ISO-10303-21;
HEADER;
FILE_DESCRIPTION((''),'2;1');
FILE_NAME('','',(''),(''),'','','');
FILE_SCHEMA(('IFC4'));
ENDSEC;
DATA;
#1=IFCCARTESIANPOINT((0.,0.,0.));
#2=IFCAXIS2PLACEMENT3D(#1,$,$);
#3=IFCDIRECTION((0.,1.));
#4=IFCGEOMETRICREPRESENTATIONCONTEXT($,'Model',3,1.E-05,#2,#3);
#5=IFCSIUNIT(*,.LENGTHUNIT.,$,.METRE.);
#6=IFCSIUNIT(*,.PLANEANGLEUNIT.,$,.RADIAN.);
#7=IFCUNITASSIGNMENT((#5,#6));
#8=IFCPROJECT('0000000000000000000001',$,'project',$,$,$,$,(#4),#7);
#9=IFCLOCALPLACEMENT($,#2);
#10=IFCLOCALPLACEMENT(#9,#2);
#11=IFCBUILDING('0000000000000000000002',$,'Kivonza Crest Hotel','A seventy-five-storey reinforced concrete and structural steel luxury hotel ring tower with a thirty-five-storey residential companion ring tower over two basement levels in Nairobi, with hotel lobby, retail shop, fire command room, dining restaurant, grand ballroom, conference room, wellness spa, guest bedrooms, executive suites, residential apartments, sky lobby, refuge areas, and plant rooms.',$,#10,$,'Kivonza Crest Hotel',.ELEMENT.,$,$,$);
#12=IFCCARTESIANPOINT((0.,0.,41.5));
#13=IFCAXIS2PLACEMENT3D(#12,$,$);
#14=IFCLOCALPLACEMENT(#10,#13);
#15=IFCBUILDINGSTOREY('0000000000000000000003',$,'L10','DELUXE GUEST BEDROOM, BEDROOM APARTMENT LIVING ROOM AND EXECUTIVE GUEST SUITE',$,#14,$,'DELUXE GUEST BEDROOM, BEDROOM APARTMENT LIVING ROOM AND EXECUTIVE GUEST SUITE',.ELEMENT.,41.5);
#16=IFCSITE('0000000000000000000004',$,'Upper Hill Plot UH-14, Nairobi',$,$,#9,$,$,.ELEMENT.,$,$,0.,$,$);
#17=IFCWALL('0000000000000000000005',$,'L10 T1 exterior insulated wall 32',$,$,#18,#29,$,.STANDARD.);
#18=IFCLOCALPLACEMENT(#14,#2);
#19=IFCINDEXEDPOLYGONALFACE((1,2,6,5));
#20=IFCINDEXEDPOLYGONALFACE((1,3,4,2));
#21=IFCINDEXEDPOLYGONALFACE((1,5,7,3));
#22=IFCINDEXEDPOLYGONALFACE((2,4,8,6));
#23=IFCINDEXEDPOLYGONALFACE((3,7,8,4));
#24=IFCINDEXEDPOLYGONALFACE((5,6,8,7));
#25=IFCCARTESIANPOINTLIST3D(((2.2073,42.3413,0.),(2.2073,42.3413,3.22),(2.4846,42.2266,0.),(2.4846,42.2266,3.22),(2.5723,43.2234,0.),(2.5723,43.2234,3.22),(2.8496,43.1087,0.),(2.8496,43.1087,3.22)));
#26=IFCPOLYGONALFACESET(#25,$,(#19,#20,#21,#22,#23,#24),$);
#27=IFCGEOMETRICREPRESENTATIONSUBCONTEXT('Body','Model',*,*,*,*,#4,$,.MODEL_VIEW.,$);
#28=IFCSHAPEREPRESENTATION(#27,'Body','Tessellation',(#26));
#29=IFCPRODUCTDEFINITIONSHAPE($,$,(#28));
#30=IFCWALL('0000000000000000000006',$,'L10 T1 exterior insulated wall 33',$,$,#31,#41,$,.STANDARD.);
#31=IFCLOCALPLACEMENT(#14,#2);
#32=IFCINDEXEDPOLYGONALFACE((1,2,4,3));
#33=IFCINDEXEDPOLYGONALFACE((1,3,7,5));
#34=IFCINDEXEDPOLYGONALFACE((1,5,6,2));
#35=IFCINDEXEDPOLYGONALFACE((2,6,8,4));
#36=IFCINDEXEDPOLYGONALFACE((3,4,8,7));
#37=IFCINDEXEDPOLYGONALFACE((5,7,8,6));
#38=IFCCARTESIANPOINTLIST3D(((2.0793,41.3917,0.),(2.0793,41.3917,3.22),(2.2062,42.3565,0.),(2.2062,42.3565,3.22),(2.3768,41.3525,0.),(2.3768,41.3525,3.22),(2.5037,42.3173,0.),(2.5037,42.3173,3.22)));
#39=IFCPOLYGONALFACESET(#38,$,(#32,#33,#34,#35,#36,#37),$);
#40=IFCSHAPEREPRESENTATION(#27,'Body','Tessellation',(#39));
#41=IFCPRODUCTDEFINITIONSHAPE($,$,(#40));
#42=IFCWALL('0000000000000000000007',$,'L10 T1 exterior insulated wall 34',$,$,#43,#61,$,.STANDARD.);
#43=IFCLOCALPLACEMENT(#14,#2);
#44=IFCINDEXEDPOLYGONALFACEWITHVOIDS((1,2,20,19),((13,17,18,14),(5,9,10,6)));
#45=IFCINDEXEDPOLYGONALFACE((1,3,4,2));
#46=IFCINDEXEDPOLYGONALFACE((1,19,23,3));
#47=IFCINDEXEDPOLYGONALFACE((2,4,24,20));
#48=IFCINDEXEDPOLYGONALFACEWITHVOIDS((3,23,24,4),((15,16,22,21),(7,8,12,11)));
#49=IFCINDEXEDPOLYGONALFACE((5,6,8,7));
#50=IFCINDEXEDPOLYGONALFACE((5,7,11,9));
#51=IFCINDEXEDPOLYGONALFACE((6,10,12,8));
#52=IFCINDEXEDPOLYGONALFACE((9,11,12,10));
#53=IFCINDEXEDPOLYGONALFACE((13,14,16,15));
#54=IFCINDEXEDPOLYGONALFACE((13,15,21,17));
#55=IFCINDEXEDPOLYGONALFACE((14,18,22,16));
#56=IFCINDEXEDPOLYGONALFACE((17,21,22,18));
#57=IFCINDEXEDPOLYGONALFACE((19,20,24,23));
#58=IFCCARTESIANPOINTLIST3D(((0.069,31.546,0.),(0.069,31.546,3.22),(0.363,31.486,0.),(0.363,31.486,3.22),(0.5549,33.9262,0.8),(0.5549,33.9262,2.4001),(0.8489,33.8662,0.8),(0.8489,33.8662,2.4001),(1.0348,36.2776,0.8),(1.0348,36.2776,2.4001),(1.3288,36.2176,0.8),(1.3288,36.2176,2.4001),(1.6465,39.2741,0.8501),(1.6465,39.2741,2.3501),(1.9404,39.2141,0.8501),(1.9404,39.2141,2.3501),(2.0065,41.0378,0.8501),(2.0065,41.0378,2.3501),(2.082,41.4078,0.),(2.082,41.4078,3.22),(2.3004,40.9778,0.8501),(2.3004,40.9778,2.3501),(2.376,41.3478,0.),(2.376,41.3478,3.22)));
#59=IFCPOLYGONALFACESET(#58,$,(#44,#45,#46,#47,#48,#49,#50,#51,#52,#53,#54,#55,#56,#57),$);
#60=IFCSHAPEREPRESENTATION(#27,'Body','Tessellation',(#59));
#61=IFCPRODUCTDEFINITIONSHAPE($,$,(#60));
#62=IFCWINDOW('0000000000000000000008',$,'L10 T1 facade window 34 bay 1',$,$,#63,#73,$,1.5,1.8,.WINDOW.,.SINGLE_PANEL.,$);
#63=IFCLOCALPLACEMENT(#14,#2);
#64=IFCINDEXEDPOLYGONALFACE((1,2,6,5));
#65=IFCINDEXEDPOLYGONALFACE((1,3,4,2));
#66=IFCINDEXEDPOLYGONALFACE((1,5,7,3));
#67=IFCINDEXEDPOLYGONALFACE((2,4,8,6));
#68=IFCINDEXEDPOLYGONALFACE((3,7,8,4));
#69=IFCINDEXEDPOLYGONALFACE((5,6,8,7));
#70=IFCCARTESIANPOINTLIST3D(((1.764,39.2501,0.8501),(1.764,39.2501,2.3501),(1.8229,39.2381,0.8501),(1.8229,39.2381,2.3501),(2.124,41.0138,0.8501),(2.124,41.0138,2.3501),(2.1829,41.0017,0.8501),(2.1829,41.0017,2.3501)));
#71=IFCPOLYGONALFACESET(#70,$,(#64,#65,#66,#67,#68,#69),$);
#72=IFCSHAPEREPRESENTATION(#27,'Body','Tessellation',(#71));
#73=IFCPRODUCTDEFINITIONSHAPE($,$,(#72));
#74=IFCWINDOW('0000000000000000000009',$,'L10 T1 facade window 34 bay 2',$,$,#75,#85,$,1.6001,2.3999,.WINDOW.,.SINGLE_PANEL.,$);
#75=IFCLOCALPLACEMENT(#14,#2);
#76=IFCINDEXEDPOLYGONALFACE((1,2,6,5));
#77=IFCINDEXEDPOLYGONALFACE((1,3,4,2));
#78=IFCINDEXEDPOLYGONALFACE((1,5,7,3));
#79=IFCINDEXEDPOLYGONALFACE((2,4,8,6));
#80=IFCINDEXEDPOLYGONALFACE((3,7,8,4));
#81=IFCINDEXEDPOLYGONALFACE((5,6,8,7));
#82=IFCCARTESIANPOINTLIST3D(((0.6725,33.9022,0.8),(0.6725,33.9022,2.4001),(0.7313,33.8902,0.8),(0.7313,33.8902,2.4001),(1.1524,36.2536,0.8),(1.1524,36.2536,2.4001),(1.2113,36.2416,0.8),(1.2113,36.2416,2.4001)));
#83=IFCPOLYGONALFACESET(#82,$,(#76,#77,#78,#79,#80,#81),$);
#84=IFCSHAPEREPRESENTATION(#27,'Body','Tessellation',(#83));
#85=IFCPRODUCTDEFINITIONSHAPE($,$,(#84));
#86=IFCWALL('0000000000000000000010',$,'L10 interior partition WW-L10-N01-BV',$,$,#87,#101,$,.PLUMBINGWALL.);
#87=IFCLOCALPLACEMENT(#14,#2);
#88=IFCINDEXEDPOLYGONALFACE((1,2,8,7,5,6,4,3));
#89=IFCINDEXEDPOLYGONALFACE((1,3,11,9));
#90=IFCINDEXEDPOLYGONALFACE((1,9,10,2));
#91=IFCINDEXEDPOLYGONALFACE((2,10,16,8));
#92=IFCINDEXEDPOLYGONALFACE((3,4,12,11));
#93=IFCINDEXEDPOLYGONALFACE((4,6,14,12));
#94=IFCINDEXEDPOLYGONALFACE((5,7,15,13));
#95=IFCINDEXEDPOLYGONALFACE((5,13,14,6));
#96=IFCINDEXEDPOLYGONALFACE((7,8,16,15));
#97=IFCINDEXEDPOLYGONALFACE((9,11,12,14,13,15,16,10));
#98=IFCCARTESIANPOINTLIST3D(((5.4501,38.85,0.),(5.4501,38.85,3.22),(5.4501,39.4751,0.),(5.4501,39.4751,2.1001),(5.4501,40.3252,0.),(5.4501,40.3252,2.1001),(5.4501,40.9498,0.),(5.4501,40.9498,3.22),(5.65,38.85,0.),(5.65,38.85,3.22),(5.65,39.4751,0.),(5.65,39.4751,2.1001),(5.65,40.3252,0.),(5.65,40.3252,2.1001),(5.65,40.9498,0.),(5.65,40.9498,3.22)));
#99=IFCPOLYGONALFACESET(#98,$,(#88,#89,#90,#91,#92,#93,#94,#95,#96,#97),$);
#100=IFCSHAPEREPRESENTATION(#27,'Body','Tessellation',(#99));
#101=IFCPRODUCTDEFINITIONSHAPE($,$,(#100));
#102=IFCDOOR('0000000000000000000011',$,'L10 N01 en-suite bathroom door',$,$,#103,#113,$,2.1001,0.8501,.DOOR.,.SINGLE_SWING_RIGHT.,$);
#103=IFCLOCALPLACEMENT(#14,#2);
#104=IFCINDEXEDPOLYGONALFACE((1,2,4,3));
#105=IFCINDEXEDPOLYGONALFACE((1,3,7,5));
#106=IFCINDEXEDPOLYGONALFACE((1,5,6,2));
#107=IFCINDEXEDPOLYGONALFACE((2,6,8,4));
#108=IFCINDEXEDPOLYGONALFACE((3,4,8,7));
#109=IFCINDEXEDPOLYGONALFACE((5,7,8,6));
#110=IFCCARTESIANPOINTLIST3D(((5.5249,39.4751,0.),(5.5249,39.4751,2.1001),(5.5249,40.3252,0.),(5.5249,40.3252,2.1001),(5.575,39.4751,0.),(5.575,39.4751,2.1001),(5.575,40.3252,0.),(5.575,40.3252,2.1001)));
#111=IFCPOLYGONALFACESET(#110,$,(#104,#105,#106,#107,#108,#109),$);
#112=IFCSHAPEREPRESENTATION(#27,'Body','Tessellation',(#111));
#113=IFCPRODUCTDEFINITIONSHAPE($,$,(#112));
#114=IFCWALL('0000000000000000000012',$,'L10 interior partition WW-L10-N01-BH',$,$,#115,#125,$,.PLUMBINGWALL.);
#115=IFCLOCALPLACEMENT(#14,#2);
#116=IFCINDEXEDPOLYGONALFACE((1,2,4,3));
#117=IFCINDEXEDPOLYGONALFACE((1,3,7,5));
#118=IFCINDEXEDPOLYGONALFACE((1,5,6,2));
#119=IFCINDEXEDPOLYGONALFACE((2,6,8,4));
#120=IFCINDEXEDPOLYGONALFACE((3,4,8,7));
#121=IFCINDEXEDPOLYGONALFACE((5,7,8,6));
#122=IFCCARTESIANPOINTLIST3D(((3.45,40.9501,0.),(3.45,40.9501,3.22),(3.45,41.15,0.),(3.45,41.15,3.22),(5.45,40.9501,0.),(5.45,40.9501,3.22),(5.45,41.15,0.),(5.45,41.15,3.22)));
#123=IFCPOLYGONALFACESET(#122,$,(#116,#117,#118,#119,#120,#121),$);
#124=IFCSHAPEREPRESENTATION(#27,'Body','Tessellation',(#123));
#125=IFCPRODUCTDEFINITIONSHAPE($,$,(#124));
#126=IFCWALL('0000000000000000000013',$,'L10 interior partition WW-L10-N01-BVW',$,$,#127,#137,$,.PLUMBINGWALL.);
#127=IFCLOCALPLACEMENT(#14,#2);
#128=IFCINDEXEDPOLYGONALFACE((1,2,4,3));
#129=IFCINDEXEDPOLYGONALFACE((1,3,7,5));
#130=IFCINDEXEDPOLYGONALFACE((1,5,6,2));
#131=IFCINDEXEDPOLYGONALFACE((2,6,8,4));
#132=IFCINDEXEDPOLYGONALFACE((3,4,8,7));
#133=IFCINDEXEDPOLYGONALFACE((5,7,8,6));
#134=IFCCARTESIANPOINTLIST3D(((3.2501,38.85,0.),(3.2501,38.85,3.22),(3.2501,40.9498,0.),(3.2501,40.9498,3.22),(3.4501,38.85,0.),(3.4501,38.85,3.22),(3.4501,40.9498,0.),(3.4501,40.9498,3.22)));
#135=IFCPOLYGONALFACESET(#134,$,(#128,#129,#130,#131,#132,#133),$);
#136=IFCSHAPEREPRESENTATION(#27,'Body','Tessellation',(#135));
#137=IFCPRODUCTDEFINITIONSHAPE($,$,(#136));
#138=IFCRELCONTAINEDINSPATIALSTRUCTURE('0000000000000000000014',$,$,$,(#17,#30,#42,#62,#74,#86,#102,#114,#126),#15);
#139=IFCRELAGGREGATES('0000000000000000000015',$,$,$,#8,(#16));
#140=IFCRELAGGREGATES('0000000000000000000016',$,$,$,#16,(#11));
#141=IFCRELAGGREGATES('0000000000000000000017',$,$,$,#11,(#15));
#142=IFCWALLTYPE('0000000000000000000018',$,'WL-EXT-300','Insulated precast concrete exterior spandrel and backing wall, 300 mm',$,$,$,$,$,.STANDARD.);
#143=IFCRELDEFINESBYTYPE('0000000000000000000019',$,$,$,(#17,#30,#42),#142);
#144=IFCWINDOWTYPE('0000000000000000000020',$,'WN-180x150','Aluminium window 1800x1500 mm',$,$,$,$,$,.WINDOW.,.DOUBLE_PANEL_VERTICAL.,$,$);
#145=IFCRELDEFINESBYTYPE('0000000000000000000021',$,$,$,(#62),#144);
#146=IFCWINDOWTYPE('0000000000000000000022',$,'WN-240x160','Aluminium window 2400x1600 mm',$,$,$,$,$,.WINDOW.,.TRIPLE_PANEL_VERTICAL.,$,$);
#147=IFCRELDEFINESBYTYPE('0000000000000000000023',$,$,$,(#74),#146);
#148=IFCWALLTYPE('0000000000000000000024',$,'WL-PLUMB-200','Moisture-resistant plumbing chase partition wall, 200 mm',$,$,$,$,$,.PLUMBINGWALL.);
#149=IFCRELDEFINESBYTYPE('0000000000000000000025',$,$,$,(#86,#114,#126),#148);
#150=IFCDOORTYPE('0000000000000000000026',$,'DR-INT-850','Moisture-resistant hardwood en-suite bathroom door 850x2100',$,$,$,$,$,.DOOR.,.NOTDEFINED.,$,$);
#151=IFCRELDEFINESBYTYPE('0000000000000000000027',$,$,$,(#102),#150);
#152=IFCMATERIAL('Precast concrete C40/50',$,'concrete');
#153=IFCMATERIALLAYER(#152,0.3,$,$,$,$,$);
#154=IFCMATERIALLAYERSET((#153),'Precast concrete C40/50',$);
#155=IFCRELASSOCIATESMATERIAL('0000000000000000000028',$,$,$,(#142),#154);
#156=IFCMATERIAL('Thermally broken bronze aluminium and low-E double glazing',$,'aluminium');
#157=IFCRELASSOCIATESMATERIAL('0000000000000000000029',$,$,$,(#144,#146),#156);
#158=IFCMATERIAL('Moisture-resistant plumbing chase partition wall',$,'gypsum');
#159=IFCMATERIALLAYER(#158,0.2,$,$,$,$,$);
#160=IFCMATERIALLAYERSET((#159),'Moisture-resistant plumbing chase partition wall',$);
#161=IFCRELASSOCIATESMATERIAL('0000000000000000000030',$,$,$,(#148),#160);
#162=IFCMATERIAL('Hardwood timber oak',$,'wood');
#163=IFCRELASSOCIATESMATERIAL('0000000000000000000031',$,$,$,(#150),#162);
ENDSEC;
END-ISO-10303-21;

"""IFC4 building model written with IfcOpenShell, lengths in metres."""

from ifc_helpers import new_model, si_unit, direction, frame, frame_2d, origin, place, context, subcontext, project, spatial, rectangle, extrude, material, layer, layer_set, type_object, element, fill, save


model = new_model("IFC4")

# Units and contexts
model_context = context("Model", 3, precision=1e-05, world=origin(), true_north=direction((0.0, 1.0)))
body_context = subcontext(model_context, "Body", "Model", "MODEL_VIEW")
ifc_project = project(units=[si_unit("LENGTHUNIT", "METRE"), si_unit("PLANEANGLEUNIT", "RADIAN")], contexts=[model_context])

# Site, building, storey
site_placement = place(None, origin())
site = spatial("IfcSite", under=ifc_project, at=site_placement, Name="Upper Hill Plot UH-14, Nairobi", CompositionType="ELEMENT", RefElevation=0.0)
building_placement = place(site_placement, origin())
building = spatial("IfcBuilding", under=site, at=building_placement, Name="Kivonza Crest Hotel", Description="A seventy-five-storey reinforced concrete and structural steel luxury hotel ring tower with a thirty-five-storey residential companion ring tower over two basement levels in Nairobi, with hotel lobby, retail shop, fire command room, dining restaurant, grand ballroom, conference room, wellness spa, guest bedrooms, executive suites, residential apartments, sky lobby, refuge areas, and plant rooms.", LongName="Kivonza Crest Hotel", CompositionType="ELEMENT")
storey_placement = place(building_placement, frame((0.0, 0.0, 41.5)))
storey = spatial("IfcBuildingStorey", under=building, at=storey_placement, Name="L10", Description="DELUXE GUEST BEDROOM, BEDROOM APARTMENT LIVING ROOM AND EXECUTIVE GUEST SUITE", LongName="DELUXE GUEST BEDROOM, BEDROOM APARTMENT LIVING ROOM AND EXECUTIVE GUEST SUITE", CompositionType="ELEMENT", Elevation=41.5)

# Shared definitions
ifc_material_1 = material(Name="Hardwood timber oak", Category="wood")

# Walls
ifc_material_2 = material(Name="Precast concrete C40/50", Category="concrete")
ifc_layer_1 = layer(ifc_material_2, 0.3)
ifc_layer_set_1 = layer_set([ifc_layer_1], Name="Precast concrete C40/50")
wall_type_1 = type_object("IfcWallType", Name="WL-EXT-300", Description="Insulated precast concrete exterior spandrel and backing wall, 300 mm", PredefinedType="STANDARD", material=ifc_layer_set_1)
wall_1_placement = place(storey_placement, frame((2.7109, 43.166, 0.0), z_axis=(0.0, 0.0, 1.0), x_axis=(-0.382344, -0.92402, 0.0)))
element("IfcWall", 1, at=wall_1_placement, inside=storey, type_object=wall_type_1, Name="L10 T1 exterior insulated wall 32", PredefinedType="STANDARD", context=body_context, shape_type="SweptSolid", body=[
    extrude(rectangle(XDim=0.9546, YDim=0.3, at=frame_2d((0.4773, 0.0))), origin(), (0.0, 0.0, 1.0), 3.22),
])
wall_2_placement = place(storey_placement, frame((2.355, 42.3369, 0.0), z_axis=(0.0, 0.0, 1.0), x_axis=(-0.130455, -0.991454, 0.0)))
element("IfcWall", 2, at=wall_2_placement, inside=storey, type_object=wall_type_1, Name="L10 T1 exterior insulated wall 33", PredefinedType="STANDARD", context=body_context, shape_type="SweptSolid", body=[
    extrude(rectangle(XDim=0.9731, YDim=0.3, at=frame_2d((0.4866, 0.0))), origin(), (0.0, 0.0, 1.0), 3.22),
])

# Wall, openings, windows
wall_3_placement = place(storey_placement, frame((2.229, 41.3779, 0.0), z_axis=(0.0, 0.0, 1.0), x_axis=(-0.199991, -0.979798, 0.0)))
wall_3 = element("IfcWall", 3, at=wall_3_placement, inside=storey, type_object=wall_type_1, Name="L10 T1 exterior insulated wall 34", PredefinedType="STANDARD", context=body_context, shape_type="SweptSolid", body=[
    extrude(rectangle(XDim=10.0652, YDim=0.3, at=frame_2d((5.0327, 0.0))), origin(), (0.0, 0.0, 1.0), 3.22),
])
opening_1_placement = place(wall_3_placement, frame((0.3779, 0.0, 0.8501)))
opening_1 = element("IfcOpeningElement", 4, at=opening_1_placement, cuts=wall_3, PredefinedType="OPENING", context=body_context, shape_type="SweptSolid", body=[
    extrude(rectangle(XDim=1.8, YDim=1.5, at=frame_2d((0.8999, 0.75))), frame((0.0, 0.1602, 0.0), z_axis=(0.0, -1.0, 0.0), x_axis=(1.0, 0.0, 0.0)), (0.0, 0.0, 1.0), 0.3201),
])
opening_2_placement = place(wall_3_placement, frame((5.2361, 0.0, 0.8)))
opening_2 = element("IfcOpeningElement", 5, at=opening_2_placement, cuts=wall_3, PredefinedType="OPENING", context=body_context, shape_type="SweptSolid", body=[
    extrude(rectangle(XDim=2.3999, YDim=1.6001, at=frame_2d((1.2, 0.8))), frame((0.0, 0.1602, 0.0), z_axis=(0.0, -1.0, 0.0), x_axis=(1.0, 0.0, 0.0)), (0.0, 0.0, 1.0), 0.3201),
])
ifc_material_3 = material(Name="Thermally broken bronze aluminium and low-E double glazing", Category="aluminium")
window_type_1 = type_object("IfcWindowType", Name="WN-180x150", Description="Aluminium window 1800x1500 mm", PartitioningType="DOUBLE_PANEL_VERTICAL", PredefinedType="WINDOW", material=ifc_material_3)
window_1_placement = place(opening_1_placement, origin())
window_1 = element("IfcWindow", 6, at=window_1_placement, inside=storey, type_object=window_type_1, Name="L10 T1 facade window 34 bay 1", OverallHeight=1.5, OverallWidth=1.8, PartitioningType="SINGLE_PANEL", PredefinedType="WINDOW", context=body_context, shape_type="SweptSolid", body=[
    extrude(rectangle(XDim=1.8, YDim=1.5, at=frame_2d((0.8999, 0.75))), frame((0.0, 0.03, 0.0), z_axis=(0.0, -1.0, 0.0), x_axis=(1.0, 0.0, 0.0)), (0.0, 0.0, 1.0), 0.0601),
])
fill(opening_1, window_1)
window_type_2 = type_object("IfcWindowType", Name="WN-240x160", Description="Aluminium window 2400x1600 mm", PartitioningType="TRIPLE_PANEL_VERTICAL", PredefinedType="WINDOW", material=ifc_material_3)
window_2_placement = place(opening_2_placement, origin())
window_2 = element("IfcWindow", 7, at=window_2_placement, inside=storey, type_object=window_type_2, Name="L10 T1 facade window 34 bay 2", OverallHeight=1.6001, OverallWidth=2.3999, PartitioningType="SINGLE_PANEL", PredefinedType="WINDOW", context=body_context, shape_type="SweptSolid", body=[
    extrude(rectangle(XDim=2.3999, YDim=1.6001, at=frame_2d((1.2, 0.8))), frame((0.0, 0.03, 0.0), z_axis=(0.0, -1.0, 0.0), x_axis=(1.0, 0.0, 0.0)), (0.0, 0.0, 1.0), 0.0601),
])
fill(opening_2, window_2)

# Wall, opening, door
ifc_material_4 = material(Name="Moisture-resistant plumbing chase partition wall", Category="gypsum")
ifc_layer_2 = layer(ifc_material_4, 0.2)
ifc_layer_set_2 = layer_set([ifc_layer_2], Name="Moisture-resistant plumbing chase partition wall")
wall_type_2 = type_object("IfcWallType", Name="WL-PLUMB-200", Description="Moisture-resistant plumbing chase partition wall, 200 mm", PredefinedType="PLUMBINGWALL", material=ifc_layer_set_2)
wall_4_placement = place(storey_placement, frame((5.55, 38.8501, 0.0), z_axis=(0.0, 0.0, 1.0), x_axis=(0.0, 1.0, 0.0)))
wall_4 = element("IfcWall", 8, at=wall_4_placement, inside=storey, type_object=wall_type_2, Name="L10 interior partition WW-L10-N01-BV", PredefinedType="PLUMBINGWALL", context=body_context, shape_type="SweptSolid", body=[
    extrude(rectangle(XDim=2.0999, YDim=0.2, at=frame_2d((1.0498, 0.0))), origin(), (0.0, 0.0, 1.0), 3.22),
])
opening_3_placement = place(wall_4_placement, frame((0.625, 0.0, 0.0)))
opening_3 = element("IfcOpeningElement", 9, at=opening_3_placement, cuts=wall_4, PredefinedType="OPENING", context=body_context, shape_type="SweptSolid", body=[
    extrude(rectangle(XDim=0.8501, YDim=2.1001, at=frame_2d((0.425, 1.05))), frame((0.0, 0.1099, 0.0), z_axis=(0.0, -1.0, 0.0), x_axis=(1.0, 0.0, 0.0)), (0.0, 0.0, 1.0), 0.22),
])
door_type_1 = type_object("IfcDoorType", Name="DR-INT-850", Description="Moisture-resistant hardwood en-suite bathroom door 850x2100", OperationType="NOTDEFINED", PredefinedType="DOOR", material=ifc_material_1)
door_1_placement = place(opening_3_placement, frame((0.8501, 0.0, 0.0), z_axis=(0.0, 0.0, 1.0), x_axis=(-1.0, 0.0, 0.0)))
door_1 = element("IfcDoor", 10, at=door_1_placement, inside=storey, type_object=door_type_1, Name="L10 N01 en-suite bathroom door", OperationType="SINGLE_SWING_RIGHT", OverallHeight=2.1001, OverallWidth=0.8501, PredefinedType="DOOR", context=body_context, shape_type="SweptSolid", body=[
    extrude(rectangle(XDim=0.8501, YDim=2.1001, at=frame_2d((0.425, 1.05))), frame((0.0, 0.0249, 0.0), z_axis=(0.0, -1.0, 0.0), x_axis=(1.0, 0.0, 0.0)), (0.0, 0.0, 1.0), 0.05),
])
fill(opening_3, door_1)

# Walls
wall_5_placement = place(storey_placement, frame((3.45, 41.05, 0.0), z_axis=(0.0, 0.0, 1.0), x_axis=(1.0, 0.0, 0.0)))
element("IfcWall", 11, at=wall_5_placement, inside=storey, type_object=wall_type_2, Name="L10 interior partition WW-L10-N01-BH", PredefinedType="PLUMBINGWALL", context=body_context, shape_type="SweptSolid", body=[
    extrude(rectangle(XDim=2.0, YDim=0.2, at=frame_2d((1.0, 0.0))), origin(), (0.0, 0.0, 1.0), 3.22),
])
wall_6_placement = place(storey_placement, frame((3.3501, 38.8501, 0.0), z_axis=(0.0, 0.0, 1.0), x_axis=(0.0, 1.0, 0.0)))
element("IfcWall", 12, at=wall_6_placement, inside=storey, type_object=wall_type_2, Name="L10 interior partition WW-L10-N01-BVW", PredefinedType="PLUMBINGWALL", context=body_context, shape_type="SweptSolid", body=[
    extrude(rectangle(XDim=2.0999, YDim=0.2, at=frame_2d((1.0498, 0.0))), origin(), (0.0, 0.0, 1.0), 3.22),
])

save(model, "model.ifc")
